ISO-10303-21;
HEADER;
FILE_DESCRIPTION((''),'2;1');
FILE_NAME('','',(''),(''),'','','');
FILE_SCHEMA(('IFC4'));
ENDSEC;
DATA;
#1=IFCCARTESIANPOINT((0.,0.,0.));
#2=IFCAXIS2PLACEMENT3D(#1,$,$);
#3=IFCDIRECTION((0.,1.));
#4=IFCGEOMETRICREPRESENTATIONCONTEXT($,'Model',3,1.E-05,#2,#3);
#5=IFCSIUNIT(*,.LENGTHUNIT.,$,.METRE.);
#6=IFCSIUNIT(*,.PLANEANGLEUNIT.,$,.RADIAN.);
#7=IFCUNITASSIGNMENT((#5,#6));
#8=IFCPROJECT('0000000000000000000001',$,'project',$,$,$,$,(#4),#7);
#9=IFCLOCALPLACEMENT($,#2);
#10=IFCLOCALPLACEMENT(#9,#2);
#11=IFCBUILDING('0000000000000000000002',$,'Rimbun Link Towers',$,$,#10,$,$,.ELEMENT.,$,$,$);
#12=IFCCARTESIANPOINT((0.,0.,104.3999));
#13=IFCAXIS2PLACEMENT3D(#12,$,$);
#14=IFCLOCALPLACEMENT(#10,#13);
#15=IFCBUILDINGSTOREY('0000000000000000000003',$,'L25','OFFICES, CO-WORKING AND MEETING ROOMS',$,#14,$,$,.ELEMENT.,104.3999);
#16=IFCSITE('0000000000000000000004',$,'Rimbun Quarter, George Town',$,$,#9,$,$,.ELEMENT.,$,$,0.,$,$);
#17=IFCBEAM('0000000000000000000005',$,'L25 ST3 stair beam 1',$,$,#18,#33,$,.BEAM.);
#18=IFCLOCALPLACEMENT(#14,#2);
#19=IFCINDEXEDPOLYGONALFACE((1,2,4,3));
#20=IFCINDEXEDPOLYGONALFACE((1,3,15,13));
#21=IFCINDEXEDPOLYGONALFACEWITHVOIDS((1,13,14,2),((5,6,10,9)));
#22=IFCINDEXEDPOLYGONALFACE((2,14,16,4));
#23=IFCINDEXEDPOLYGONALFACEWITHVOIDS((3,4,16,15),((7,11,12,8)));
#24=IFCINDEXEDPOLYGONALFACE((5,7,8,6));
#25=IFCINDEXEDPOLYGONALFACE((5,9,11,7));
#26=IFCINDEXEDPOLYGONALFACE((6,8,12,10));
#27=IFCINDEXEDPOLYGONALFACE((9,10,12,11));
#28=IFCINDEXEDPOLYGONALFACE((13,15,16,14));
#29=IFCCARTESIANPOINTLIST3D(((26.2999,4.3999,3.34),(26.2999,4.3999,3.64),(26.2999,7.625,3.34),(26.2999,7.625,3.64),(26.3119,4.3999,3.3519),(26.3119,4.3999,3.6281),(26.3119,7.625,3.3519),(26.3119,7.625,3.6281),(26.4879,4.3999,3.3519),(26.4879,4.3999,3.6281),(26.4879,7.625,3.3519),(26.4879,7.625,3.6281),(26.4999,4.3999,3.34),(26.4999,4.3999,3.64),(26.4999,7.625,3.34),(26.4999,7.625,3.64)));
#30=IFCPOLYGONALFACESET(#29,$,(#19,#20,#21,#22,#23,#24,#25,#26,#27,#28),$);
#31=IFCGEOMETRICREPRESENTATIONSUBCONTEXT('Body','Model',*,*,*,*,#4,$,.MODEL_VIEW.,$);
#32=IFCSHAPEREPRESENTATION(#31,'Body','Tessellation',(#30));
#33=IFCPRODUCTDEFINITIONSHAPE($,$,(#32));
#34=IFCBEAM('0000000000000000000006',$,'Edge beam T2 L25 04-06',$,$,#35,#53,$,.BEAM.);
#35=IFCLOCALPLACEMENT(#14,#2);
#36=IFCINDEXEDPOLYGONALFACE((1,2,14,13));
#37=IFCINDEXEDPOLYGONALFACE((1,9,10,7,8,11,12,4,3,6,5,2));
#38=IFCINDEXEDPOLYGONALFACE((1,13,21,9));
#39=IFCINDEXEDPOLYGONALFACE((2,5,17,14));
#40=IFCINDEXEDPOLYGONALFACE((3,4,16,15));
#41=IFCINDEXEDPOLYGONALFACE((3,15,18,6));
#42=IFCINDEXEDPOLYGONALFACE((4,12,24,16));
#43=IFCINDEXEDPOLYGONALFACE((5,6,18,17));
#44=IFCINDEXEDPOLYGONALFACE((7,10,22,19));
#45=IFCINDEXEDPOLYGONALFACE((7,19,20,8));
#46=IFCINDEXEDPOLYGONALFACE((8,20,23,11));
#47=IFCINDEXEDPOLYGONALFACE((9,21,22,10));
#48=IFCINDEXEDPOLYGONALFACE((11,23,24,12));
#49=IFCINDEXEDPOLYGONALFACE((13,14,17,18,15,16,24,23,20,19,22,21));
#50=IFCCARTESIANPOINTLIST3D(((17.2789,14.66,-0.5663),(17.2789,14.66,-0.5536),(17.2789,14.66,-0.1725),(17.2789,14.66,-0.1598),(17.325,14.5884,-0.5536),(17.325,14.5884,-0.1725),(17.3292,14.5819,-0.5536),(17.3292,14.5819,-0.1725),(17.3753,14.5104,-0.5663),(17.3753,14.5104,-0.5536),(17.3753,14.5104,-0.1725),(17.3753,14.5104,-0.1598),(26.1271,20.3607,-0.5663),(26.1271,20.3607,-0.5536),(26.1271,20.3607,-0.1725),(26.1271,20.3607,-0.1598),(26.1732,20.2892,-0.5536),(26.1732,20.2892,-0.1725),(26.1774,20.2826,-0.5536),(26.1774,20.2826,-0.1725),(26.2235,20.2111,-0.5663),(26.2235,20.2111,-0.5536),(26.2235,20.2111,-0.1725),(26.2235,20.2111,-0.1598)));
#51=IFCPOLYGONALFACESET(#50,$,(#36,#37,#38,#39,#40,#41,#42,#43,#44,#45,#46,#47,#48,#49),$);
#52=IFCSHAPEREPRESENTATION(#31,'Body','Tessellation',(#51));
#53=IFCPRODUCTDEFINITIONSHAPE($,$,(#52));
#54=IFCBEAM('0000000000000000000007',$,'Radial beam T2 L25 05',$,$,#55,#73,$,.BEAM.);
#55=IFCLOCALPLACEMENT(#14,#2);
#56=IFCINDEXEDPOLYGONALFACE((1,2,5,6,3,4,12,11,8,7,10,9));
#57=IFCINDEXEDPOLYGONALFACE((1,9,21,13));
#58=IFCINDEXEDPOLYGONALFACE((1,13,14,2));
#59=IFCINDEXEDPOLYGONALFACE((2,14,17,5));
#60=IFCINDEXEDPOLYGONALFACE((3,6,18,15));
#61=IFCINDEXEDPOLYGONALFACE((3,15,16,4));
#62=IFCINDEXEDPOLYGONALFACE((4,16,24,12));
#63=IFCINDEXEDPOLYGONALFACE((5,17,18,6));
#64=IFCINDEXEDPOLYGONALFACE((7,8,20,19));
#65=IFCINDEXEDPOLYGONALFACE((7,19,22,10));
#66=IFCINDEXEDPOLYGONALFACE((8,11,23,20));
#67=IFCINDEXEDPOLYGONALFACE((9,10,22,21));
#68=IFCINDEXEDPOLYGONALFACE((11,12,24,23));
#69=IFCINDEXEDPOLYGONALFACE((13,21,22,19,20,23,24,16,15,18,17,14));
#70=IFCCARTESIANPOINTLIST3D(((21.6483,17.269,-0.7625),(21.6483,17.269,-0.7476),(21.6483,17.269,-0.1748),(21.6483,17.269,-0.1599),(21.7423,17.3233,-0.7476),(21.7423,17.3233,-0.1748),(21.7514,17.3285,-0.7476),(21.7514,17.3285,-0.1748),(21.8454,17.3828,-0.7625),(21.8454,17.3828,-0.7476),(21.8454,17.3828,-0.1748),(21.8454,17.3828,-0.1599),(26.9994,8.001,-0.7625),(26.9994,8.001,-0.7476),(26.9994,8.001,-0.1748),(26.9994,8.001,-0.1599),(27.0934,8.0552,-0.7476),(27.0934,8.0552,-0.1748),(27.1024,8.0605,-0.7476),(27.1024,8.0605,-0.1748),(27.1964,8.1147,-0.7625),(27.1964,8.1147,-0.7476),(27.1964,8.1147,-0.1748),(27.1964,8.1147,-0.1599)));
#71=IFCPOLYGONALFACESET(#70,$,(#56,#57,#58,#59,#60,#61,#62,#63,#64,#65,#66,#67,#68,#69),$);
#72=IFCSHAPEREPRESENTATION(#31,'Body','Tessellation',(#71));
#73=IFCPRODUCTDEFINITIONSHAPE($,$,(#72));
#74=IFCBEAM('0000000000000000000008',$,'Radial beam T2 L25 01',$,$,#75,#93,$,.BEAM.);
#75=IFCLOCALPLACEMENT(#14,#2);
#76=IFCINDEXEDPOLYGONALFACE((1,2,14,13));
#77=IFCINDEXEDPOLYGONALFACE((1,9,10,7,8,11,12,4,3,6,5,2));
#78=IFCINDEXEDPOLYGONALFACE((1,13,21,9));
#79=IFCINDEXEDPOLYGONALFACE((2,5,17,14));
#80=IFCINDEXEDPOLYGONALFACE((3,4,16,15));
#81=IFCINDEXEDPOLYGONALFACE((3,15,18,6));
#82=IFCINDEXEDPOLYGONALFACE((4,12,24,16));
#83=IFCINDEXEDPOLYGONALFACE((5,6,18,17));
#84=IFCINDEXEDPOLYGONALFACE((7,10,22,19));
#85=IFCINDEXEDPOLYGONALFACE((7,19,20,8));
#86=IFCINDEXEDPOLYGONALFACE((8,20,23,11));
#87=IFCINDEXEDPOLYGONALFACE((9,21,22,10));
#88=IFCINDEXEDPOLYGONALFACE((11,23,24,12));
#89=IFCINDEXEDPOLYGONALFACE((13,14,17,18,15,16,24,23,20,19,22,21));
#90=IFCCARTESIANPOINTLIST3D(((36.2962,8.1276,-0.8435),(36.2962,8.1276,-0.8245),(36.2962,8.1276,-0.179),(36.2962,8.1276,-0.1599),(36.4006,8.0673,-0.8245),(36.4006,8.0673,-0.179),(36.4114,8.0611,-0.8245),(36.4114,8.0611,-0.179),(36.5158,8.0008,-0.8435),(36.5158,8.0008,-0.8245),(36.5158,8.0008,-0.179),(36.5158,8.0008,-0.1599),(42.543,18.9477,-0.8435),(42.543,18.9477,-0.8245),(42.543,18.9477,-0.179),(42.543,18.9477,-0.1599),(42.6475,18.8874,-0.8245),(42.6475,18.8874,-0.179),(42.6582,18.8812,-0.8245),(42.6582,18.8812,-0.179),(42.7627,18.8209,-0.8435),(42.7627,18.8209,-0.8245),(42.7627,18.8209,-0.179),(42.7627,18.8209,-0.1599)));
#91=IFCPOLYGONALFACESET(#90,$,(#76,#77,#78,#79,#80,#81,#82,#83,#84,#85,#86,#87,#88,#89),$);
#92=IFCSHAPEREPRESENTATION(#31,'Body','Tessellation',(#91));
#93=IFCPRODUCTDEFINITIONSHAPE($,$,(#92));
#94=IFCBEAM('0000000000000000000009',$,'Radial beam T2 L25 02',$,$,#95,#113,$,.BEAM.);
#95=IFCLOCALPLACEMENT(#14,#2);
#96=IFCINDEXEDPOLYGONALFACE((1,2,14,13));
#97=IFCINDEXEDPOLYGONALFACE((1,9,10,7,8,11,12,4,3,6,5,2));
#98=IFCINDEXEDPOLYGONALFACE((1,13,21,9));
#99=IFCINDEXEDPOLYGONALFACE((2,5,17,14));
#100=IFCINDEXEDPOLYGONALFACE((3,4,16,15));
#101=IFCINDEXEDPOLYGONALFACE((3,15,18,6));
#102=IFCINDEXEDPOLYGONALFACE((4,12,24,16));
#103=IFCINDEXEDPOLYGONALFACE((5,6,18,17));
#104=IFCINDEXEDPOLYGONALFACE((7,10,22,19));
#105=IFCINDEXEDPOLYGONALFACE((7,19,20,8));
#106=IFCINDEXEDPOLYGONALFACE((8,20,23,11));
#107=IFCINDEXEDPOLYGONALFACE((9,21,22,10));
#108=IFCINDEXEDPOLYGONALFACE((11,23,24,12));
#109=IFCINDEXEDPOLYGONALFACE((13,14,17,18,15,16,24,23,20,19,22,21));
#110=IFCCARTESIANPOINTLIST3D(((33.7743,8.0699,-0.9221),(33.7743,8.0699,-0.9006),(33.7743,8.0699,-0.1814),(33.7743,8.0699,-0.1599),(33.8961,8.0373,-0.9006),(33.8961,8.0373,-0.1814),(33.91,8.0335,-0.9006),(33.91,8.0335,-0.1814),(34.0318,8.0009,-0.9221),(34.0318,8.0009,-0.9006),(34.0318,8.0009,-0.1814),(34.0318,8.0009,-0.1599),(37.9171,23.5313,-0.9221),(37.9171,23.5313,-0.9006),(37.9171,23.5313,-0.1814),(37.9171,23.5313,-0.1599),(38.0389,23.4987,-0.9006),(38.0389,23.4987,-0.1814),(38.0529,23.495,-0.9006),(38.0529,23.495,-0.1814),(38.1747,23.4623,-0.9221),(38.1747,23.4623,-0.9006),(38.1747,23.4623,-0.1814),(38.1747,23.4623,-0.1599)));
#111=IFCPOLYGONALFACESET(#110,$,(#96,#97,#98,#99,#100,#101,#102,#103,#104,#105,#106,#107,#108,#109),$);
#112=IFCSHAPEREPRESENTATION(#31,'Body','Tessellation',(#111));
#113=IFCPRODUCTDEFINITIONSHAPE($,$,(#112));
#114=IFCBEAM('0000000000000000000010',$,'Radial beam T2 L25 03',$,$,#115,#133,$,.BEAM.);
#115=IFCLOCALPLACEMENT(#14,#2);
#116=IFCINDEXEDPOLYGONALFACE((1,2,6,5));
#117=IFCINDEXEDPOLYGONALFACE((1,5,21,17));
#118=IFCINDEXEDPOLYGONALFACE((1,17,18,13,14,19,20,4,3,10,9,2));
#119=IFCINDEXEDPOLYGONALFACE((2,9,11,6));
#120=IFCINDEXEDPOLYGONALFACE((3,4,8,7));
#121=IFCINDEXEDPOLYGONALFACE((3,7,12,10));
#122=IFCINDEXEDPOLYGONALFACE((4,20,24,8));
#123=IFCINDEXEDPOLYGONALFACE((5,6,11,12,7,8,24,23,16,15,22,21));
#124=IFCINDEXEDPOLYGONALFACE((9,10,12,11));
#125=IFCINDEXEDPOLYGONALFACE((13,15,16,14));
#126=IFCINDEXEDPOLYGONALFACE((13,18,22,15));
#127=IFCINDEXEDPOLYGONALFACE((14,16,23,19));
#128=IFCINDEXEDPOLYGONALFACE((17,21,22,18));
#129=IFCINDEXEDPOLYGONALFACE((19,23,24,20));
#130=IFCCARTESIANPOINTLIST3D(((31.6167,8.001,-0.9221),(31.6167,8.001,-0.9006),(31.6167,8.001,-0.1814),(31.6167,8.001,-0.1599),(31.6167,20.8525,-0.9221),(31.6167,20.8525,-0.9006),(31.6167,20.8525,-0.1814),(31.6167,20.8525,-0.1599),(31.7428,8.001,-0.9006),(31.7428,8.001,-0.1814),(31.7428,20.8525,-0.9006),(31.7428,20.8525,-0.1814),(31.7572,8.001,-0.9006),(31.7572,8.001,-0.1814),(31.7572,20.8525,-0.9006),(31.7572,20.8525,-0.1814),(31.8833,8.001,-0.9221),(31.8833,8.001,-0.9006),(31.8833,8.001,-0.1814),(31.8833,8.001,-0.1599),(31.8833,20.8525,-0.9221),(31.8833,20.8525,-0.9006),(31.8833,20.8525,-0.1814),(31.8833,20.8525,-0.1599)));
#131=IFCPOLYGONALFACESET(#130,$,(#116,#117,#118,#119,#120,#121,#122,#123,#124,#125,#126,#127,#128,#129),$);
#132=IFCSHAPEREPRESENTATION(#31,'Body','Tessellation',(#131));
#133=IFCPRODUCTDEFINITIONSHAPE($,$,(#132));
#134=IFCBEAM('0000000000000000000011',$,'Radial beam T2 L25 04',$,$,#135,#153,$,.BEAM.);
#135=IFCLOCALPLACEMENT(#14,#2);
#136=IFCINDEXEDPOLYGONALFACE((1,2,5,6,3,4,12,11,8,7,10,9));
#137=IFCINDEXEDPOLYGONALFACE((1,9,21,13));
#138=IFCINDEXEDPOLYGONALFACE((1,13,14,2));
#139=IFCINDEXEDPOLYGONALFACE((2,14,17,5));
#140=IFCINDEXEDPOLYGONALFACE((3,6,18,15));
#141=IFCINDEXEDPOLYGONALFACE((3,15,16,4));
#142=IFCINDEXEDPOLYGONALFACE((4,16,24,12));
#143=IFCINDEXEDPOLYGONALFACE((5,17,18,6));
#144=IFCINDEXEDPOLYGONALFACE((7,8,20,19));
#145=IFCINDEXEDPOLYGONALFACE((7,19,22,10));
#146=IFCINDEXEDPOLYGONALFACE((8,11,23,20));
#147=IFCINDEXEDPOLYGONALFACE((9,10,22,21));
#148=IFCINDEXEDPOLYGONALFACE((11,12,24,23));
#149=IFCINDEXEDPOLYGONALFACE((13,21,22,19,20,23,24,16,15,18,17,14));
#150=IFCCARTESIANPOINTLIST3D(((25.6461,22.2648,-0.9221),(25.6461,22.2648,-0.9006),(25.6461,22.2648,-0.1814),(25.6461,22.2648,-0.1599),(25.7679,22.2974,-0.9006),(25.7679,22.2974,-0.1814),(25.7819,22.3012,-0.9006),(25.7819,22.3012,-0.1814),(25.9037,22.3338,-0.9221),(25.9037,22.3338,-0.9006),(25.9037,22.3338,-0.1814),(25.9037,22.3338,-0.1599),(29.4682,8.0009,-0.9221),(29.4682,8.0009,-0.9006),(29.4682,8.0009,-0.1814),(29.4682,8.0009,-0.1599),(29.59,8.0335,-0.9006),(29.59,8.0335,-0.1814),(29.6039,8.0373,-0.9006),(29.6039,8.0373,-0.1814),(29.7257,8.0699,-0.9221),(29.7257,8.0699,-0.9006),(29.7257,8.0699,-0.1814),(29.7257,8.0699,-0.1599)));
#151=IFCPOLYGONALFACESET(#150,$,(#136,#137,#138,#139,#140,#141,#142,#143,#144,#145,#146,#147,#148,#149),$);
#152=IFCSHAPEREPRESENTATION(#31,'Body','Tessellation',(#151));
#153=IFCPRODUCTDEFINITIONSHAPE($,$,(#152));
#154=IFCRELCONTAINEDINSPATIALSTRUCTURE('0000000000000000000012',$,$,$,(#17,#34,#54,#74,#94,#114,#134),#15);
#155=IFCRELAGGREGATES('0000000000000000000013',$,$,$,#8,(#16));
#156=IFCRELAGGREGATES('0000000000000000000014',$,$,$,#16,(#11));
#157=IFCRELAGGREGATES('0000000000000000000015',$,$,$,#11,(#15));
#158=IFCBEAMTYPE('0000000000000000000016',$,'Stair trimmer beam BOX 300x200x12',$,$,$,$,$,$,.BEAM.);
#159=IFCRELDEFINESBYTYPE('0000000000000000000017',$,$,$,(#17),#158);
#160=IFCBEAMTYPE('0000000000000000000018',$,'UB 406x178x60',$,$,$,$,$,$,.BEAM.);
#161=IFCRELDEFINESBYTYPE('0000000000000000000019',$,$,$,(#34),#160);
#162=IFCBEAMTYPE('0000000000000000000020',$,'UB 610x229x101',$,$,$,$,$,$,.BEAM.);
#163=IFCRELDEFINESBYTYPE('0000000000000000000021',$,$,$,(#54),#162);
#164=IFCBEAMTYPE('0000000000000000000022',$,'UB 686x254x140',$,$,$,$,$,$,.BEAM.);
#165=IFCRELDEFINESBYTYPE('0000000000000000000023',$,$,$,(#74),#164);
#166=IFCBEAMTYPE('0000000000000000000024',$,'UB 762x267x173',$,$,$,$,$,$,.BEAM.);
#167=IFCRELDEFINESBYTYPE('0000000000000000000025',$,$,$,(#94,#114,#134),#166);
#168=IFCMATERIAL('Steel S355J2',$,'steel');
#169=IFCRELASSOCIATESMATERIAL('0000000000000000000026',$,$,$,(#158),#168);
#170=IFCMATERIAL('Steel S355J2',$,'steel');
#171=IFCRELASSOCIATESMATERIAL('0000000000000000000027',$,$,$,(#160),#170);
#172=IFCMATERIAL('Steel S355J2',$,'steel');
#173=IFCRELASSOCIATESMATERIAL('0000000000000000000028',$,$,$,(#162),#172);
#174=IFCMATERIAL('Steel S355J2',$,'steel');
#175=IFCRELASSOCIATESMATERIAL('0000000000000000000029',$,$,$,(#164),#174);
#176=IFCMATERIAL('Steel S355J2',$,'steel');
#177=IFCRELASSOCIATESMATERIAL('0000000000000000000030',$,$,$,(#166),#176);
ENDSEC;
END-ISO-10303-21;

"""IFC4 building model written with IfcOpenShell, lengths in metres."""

from ifc_helpers import new_model, si_unit, direction, frame, origin, origin_2d, place, context, subcontext, project, spatial, hollow_rectangle, i_section, extrude, material, material_profile, profile_set, type_object, element, save


model = new_model("IFC4")

# Units and contexts
model_context = context("Model", 3, precision=1e-05, world=origin(), true_north=direction((0.0, 1.0)))
body_context = subcontext(model_context, "Body", "Model", "MODEL_VIEW")
ifc_project = project(units=[si_unit("LENGTHUNIT", "METRE"), si_unit("PLANEANGLEUNIT", "RADIAN")], contexts=[model_context])

# Site, building, storey
site_placement = place(None, origin())
site = spatial("IfcSite", under=ifc_project, at=site_placement, Name="Rimbun Quarter, George Town", CompositionType="ELEMENT", RefElevation=0.0)
building_placement = place(site_placement, origin())
building = spatial("IfcBuilding", under=site, at=building_placement, Name="Rimbun Link Towers", CompositionType="ELEMENT")
storey_placement = place(building_placement, frame((0.0, 0.0, 104.3999)))
storey = spatial("IfcBuildingStorey", under=building, at=storey_placement, Name="L25", Description="OFFICES, CO-WORKING AND MEETING ROOMS", CompositionType="ELEMENT", Elevation=104.3999)

# Beams
ifc_material_1 = material(Name="Steel S355J2", Category="steel")
ifc_material_profile_1 = material_profile(ifc_material_1, hollow_rectangle(XDim=0.2, YDim=0.3, WallThickness=0.012, at=origin_2d()), Name="BOX 300x200x12")
ifc_profile_set_1 = profile_set([ifc_material_profile_1], Name="Steel S355J2")
beam_type_1 = type_object("IfcBeamType", Name="Stair trimmer beam BOX 300x200x12", PredefinedType="BEAM", material=ifc_profile_set_1)
beam_1_placement = place(storey_placement, frame((26.3999, 7.625, 3.49), z_axis=(0.0, -1.0, 0.0), x_axis=(1.0, 0.0, 0.0)))
element("IfcBeam", 1, at=beam_1_placement, inside=storey, type_object=beam_type_1, Name="L25 ST3 stair beam 1", PredefinedType="BEAM", context=body_context, shape_type="SweptSolid", body=[
    extrude(hollow_rectangle(XDim=0.2, YDim=0.3, WallThickness=0.012, at=origin_2d()), origin(), (0.0, 0.0, 1.0), 3.2251),
])
ifc_material_2 = material(Name="Steel S355J2", Category="steel")
ifc_material_profile_2 = material_profile(ifc_material_2, i_section(OverallWidth=0.178, OverallDepth=0.4065, WebThickness=0.0078, FlangeThickness=0.0127, at=origin_2d()), Name="UB 406x178x60")
ifc_profile_set_2 = profile_set([ifc_material_profile_2], Name="Steel S355J2")
beam_type_2 = type_object("IfcBeamType", Name="UB 406x178x60", PredefinedType="BEAM", material=ifc_profile_set_2)
beam_2_placement = place(storey_placement, frame((26.1753, 20.2859, -0.363), z_axis=(-0.840634, -0.541604, 0.0), x_axis=(0.541604, -0.840634, 0.0)))
element("IfcBeam", 2, at=beam_2_placement, inside=storey, type_object=beam_type_2, Name="Edge beam T2 L25 04-06", PredefinedType="BEAM", context=body_context, shape_type="SweptSolid", body=[
    extrude(i_section(OverallWidth=0.178, OverallDepth=0.4065, WebThickness=0.0078, FlangeThickness=0.0127, at=origin_2d()), origin(), (0.0, 0.0, 1.0), 10.5256),
])
ifc_material_3 = material(Name="Steel S355J2", Category="steel")
ifc_material_profile_3 = material_profile(ifc_material_3, i_section(OverallWidth=0.2275, OverallDepth=0.6025, WebThickness=0.0105, FlangeThickness=0.0149, at=origin_2d()), Name="UB 610x229x101")
ifc_profile_set_3 = profile_set([ifc_material_profile_3], Name="Steel S355J2")
beam_type_3 = type_object("IfcBeamType", Name="UB 610x229x101", PredefinedType="BEAM", material=ifc_profile_set_3)
beam_3_placement = place(storey_placement, frame((27.0979, 8.0579, -0.4612), z_axis=(-0.500011, 0.866019, 0.0), x_axis=(-0.866019, -0.500011, 0.0)))
element("IfcBeam", 3, at=beam_3_placement, inside=storey, type_object=beam_type_3, Name="Radial beam T2 L25 05", PredefinedType="BEAM", context=body_context, shape_type="SweptSolid", body=[
    extrude(i_section(OverallWidth=0.2275, OverallDepth=0.6025, WebThickness=0.0105, FlangeThickness=0.0149, at=origin_2d()), origin(), (0.0, 0.0, 1.0), 10.7019),
])
ifc_material_4 = material(Name="Steel S355J2", Category="steel")
ifc_material_profile_4 = material_profile(ifc_material_4, i_section(OverallWidth=0.2537, OverallDepth=0.6836, WebThickness=0.0125, FlangeThickness=0.019, at=origin_2d()), Name="UB 686x254x140")
ifc_profile_set_4 = profile_set([ifc_material_profile_4], Name="Steel S355J2")
beam_type_4 = type_object("IfcBeamType", Name="UB 686x254x140", PredefinedType="BEAM", material=ifc_profile_set_4)
beam_4_placement = place(storey_placement, frame((36.406, 8.0642, -0.5017), z_axis=(0.499991, 0.86603, 0.0), x_axis=(-0.86603, 0.499991, 0.0)))
element("IfcBeam", 4, at=beam_4_placement, inside=storey, type_object=beam_type_4, Name="Radial beam T2 L25 01", PredefinedType="BEAM", context=body_context, shape_type="SweptSolid", body=[
    extrude(i_section(OverallWidth=0.2537, OverallDepth=0.6836, WebThickness=0.0125, FlangeThickness=0.019, at=origin_2d()), origin(), (0.0, 0.0, 1.0), 12.4939),
])
ifc_material_5 = material(Name="Steel S355J2", Category="steel")
ifc_material_profile_5 = material_profile(ifc_material_5, i_section(OverallWidth=0.2666, OverallDepth=0.7622, WebThickness=0.0144, FlangeThickness=0.0215, at=origin_2d()), Name="UB 762x267x173")
ifc_profile_set_5 = profile_set([ifc_material_profile_5], Name="Steel S355J2")
beam_type_5 = type_object("IfcBeamType", Name="UB 762x267x173", PredefinedType="BEAM", material=ifc_profile_set_5)
beam_5_placement = place(storey_placement, frame((33.9031, 8.0354, -0.541), z_axis=(0.258816, 0.965927, 0.0), x_axis=(-0.965927, 0.258816, 0.0)))
element("IfcBeam", 5, at=beam_5_placement, inside=storey, type_object=beam_type_5, Name="Radial beam T2 L25 02", PredefinedType="BEAM", context=body_context, shape_type="SweptSolid", body=[
    extrude(i_section(OverallWidth=0.2666, OverallDepth=0.7622, WebThickness=0.0144, FlangeThickness=0.0215, at=origin_2d()), origin(), (0.0, 0.0, 1.0), 16.0068),
])
beam_6_placement = place(storey_placement, frame((31.75, 8.001, -0.541), z_axis=(0.0, 1.0, 0.0), x_axis=(-1.0, 0.0, 0.0)))
element("IfcBeam", 6, at=beam_6_placement, inside=storey, type_object=beam_type_5, Name="Radial beam T2 L25 03", PredefinedType="BEAM", context=body_context, shape_type="SweptSolid", body=[
    extrude(i_section(OverallWidth=0.2666, OverallDepth=0.7622, WebThickness=0.0144, FlangeThickness=0.0215, at=origin_2d()), origin(), (0.0, 0.0, 1.0), 12.8516),
])
beam_7_placement = place(storey_placement, frame((29.5969, 8.0354, -0.541), z_axis=(-0.25882, 0.965926, 0.0), x_axis=(-0.965926, -0.25882, 0.0)))
element("IfcBeam", 7, at=beam_7_placement, inside=storey, type_object=beam_type_5, Name="Radial beam T2 L25 04", PredefinedType="BEAM", context=body_context, shape_type="SweptSolid", body=[
    extrude(i_section(OverallWidth=0.2666, OverallDepth=0.7622, WebThickness=0.0144, FlangeThickness=0.0215, at=origin_2d()), origin(), (0.0, 0.0, 1.0), 14.7671),
])

save(model, "model.ifc")
